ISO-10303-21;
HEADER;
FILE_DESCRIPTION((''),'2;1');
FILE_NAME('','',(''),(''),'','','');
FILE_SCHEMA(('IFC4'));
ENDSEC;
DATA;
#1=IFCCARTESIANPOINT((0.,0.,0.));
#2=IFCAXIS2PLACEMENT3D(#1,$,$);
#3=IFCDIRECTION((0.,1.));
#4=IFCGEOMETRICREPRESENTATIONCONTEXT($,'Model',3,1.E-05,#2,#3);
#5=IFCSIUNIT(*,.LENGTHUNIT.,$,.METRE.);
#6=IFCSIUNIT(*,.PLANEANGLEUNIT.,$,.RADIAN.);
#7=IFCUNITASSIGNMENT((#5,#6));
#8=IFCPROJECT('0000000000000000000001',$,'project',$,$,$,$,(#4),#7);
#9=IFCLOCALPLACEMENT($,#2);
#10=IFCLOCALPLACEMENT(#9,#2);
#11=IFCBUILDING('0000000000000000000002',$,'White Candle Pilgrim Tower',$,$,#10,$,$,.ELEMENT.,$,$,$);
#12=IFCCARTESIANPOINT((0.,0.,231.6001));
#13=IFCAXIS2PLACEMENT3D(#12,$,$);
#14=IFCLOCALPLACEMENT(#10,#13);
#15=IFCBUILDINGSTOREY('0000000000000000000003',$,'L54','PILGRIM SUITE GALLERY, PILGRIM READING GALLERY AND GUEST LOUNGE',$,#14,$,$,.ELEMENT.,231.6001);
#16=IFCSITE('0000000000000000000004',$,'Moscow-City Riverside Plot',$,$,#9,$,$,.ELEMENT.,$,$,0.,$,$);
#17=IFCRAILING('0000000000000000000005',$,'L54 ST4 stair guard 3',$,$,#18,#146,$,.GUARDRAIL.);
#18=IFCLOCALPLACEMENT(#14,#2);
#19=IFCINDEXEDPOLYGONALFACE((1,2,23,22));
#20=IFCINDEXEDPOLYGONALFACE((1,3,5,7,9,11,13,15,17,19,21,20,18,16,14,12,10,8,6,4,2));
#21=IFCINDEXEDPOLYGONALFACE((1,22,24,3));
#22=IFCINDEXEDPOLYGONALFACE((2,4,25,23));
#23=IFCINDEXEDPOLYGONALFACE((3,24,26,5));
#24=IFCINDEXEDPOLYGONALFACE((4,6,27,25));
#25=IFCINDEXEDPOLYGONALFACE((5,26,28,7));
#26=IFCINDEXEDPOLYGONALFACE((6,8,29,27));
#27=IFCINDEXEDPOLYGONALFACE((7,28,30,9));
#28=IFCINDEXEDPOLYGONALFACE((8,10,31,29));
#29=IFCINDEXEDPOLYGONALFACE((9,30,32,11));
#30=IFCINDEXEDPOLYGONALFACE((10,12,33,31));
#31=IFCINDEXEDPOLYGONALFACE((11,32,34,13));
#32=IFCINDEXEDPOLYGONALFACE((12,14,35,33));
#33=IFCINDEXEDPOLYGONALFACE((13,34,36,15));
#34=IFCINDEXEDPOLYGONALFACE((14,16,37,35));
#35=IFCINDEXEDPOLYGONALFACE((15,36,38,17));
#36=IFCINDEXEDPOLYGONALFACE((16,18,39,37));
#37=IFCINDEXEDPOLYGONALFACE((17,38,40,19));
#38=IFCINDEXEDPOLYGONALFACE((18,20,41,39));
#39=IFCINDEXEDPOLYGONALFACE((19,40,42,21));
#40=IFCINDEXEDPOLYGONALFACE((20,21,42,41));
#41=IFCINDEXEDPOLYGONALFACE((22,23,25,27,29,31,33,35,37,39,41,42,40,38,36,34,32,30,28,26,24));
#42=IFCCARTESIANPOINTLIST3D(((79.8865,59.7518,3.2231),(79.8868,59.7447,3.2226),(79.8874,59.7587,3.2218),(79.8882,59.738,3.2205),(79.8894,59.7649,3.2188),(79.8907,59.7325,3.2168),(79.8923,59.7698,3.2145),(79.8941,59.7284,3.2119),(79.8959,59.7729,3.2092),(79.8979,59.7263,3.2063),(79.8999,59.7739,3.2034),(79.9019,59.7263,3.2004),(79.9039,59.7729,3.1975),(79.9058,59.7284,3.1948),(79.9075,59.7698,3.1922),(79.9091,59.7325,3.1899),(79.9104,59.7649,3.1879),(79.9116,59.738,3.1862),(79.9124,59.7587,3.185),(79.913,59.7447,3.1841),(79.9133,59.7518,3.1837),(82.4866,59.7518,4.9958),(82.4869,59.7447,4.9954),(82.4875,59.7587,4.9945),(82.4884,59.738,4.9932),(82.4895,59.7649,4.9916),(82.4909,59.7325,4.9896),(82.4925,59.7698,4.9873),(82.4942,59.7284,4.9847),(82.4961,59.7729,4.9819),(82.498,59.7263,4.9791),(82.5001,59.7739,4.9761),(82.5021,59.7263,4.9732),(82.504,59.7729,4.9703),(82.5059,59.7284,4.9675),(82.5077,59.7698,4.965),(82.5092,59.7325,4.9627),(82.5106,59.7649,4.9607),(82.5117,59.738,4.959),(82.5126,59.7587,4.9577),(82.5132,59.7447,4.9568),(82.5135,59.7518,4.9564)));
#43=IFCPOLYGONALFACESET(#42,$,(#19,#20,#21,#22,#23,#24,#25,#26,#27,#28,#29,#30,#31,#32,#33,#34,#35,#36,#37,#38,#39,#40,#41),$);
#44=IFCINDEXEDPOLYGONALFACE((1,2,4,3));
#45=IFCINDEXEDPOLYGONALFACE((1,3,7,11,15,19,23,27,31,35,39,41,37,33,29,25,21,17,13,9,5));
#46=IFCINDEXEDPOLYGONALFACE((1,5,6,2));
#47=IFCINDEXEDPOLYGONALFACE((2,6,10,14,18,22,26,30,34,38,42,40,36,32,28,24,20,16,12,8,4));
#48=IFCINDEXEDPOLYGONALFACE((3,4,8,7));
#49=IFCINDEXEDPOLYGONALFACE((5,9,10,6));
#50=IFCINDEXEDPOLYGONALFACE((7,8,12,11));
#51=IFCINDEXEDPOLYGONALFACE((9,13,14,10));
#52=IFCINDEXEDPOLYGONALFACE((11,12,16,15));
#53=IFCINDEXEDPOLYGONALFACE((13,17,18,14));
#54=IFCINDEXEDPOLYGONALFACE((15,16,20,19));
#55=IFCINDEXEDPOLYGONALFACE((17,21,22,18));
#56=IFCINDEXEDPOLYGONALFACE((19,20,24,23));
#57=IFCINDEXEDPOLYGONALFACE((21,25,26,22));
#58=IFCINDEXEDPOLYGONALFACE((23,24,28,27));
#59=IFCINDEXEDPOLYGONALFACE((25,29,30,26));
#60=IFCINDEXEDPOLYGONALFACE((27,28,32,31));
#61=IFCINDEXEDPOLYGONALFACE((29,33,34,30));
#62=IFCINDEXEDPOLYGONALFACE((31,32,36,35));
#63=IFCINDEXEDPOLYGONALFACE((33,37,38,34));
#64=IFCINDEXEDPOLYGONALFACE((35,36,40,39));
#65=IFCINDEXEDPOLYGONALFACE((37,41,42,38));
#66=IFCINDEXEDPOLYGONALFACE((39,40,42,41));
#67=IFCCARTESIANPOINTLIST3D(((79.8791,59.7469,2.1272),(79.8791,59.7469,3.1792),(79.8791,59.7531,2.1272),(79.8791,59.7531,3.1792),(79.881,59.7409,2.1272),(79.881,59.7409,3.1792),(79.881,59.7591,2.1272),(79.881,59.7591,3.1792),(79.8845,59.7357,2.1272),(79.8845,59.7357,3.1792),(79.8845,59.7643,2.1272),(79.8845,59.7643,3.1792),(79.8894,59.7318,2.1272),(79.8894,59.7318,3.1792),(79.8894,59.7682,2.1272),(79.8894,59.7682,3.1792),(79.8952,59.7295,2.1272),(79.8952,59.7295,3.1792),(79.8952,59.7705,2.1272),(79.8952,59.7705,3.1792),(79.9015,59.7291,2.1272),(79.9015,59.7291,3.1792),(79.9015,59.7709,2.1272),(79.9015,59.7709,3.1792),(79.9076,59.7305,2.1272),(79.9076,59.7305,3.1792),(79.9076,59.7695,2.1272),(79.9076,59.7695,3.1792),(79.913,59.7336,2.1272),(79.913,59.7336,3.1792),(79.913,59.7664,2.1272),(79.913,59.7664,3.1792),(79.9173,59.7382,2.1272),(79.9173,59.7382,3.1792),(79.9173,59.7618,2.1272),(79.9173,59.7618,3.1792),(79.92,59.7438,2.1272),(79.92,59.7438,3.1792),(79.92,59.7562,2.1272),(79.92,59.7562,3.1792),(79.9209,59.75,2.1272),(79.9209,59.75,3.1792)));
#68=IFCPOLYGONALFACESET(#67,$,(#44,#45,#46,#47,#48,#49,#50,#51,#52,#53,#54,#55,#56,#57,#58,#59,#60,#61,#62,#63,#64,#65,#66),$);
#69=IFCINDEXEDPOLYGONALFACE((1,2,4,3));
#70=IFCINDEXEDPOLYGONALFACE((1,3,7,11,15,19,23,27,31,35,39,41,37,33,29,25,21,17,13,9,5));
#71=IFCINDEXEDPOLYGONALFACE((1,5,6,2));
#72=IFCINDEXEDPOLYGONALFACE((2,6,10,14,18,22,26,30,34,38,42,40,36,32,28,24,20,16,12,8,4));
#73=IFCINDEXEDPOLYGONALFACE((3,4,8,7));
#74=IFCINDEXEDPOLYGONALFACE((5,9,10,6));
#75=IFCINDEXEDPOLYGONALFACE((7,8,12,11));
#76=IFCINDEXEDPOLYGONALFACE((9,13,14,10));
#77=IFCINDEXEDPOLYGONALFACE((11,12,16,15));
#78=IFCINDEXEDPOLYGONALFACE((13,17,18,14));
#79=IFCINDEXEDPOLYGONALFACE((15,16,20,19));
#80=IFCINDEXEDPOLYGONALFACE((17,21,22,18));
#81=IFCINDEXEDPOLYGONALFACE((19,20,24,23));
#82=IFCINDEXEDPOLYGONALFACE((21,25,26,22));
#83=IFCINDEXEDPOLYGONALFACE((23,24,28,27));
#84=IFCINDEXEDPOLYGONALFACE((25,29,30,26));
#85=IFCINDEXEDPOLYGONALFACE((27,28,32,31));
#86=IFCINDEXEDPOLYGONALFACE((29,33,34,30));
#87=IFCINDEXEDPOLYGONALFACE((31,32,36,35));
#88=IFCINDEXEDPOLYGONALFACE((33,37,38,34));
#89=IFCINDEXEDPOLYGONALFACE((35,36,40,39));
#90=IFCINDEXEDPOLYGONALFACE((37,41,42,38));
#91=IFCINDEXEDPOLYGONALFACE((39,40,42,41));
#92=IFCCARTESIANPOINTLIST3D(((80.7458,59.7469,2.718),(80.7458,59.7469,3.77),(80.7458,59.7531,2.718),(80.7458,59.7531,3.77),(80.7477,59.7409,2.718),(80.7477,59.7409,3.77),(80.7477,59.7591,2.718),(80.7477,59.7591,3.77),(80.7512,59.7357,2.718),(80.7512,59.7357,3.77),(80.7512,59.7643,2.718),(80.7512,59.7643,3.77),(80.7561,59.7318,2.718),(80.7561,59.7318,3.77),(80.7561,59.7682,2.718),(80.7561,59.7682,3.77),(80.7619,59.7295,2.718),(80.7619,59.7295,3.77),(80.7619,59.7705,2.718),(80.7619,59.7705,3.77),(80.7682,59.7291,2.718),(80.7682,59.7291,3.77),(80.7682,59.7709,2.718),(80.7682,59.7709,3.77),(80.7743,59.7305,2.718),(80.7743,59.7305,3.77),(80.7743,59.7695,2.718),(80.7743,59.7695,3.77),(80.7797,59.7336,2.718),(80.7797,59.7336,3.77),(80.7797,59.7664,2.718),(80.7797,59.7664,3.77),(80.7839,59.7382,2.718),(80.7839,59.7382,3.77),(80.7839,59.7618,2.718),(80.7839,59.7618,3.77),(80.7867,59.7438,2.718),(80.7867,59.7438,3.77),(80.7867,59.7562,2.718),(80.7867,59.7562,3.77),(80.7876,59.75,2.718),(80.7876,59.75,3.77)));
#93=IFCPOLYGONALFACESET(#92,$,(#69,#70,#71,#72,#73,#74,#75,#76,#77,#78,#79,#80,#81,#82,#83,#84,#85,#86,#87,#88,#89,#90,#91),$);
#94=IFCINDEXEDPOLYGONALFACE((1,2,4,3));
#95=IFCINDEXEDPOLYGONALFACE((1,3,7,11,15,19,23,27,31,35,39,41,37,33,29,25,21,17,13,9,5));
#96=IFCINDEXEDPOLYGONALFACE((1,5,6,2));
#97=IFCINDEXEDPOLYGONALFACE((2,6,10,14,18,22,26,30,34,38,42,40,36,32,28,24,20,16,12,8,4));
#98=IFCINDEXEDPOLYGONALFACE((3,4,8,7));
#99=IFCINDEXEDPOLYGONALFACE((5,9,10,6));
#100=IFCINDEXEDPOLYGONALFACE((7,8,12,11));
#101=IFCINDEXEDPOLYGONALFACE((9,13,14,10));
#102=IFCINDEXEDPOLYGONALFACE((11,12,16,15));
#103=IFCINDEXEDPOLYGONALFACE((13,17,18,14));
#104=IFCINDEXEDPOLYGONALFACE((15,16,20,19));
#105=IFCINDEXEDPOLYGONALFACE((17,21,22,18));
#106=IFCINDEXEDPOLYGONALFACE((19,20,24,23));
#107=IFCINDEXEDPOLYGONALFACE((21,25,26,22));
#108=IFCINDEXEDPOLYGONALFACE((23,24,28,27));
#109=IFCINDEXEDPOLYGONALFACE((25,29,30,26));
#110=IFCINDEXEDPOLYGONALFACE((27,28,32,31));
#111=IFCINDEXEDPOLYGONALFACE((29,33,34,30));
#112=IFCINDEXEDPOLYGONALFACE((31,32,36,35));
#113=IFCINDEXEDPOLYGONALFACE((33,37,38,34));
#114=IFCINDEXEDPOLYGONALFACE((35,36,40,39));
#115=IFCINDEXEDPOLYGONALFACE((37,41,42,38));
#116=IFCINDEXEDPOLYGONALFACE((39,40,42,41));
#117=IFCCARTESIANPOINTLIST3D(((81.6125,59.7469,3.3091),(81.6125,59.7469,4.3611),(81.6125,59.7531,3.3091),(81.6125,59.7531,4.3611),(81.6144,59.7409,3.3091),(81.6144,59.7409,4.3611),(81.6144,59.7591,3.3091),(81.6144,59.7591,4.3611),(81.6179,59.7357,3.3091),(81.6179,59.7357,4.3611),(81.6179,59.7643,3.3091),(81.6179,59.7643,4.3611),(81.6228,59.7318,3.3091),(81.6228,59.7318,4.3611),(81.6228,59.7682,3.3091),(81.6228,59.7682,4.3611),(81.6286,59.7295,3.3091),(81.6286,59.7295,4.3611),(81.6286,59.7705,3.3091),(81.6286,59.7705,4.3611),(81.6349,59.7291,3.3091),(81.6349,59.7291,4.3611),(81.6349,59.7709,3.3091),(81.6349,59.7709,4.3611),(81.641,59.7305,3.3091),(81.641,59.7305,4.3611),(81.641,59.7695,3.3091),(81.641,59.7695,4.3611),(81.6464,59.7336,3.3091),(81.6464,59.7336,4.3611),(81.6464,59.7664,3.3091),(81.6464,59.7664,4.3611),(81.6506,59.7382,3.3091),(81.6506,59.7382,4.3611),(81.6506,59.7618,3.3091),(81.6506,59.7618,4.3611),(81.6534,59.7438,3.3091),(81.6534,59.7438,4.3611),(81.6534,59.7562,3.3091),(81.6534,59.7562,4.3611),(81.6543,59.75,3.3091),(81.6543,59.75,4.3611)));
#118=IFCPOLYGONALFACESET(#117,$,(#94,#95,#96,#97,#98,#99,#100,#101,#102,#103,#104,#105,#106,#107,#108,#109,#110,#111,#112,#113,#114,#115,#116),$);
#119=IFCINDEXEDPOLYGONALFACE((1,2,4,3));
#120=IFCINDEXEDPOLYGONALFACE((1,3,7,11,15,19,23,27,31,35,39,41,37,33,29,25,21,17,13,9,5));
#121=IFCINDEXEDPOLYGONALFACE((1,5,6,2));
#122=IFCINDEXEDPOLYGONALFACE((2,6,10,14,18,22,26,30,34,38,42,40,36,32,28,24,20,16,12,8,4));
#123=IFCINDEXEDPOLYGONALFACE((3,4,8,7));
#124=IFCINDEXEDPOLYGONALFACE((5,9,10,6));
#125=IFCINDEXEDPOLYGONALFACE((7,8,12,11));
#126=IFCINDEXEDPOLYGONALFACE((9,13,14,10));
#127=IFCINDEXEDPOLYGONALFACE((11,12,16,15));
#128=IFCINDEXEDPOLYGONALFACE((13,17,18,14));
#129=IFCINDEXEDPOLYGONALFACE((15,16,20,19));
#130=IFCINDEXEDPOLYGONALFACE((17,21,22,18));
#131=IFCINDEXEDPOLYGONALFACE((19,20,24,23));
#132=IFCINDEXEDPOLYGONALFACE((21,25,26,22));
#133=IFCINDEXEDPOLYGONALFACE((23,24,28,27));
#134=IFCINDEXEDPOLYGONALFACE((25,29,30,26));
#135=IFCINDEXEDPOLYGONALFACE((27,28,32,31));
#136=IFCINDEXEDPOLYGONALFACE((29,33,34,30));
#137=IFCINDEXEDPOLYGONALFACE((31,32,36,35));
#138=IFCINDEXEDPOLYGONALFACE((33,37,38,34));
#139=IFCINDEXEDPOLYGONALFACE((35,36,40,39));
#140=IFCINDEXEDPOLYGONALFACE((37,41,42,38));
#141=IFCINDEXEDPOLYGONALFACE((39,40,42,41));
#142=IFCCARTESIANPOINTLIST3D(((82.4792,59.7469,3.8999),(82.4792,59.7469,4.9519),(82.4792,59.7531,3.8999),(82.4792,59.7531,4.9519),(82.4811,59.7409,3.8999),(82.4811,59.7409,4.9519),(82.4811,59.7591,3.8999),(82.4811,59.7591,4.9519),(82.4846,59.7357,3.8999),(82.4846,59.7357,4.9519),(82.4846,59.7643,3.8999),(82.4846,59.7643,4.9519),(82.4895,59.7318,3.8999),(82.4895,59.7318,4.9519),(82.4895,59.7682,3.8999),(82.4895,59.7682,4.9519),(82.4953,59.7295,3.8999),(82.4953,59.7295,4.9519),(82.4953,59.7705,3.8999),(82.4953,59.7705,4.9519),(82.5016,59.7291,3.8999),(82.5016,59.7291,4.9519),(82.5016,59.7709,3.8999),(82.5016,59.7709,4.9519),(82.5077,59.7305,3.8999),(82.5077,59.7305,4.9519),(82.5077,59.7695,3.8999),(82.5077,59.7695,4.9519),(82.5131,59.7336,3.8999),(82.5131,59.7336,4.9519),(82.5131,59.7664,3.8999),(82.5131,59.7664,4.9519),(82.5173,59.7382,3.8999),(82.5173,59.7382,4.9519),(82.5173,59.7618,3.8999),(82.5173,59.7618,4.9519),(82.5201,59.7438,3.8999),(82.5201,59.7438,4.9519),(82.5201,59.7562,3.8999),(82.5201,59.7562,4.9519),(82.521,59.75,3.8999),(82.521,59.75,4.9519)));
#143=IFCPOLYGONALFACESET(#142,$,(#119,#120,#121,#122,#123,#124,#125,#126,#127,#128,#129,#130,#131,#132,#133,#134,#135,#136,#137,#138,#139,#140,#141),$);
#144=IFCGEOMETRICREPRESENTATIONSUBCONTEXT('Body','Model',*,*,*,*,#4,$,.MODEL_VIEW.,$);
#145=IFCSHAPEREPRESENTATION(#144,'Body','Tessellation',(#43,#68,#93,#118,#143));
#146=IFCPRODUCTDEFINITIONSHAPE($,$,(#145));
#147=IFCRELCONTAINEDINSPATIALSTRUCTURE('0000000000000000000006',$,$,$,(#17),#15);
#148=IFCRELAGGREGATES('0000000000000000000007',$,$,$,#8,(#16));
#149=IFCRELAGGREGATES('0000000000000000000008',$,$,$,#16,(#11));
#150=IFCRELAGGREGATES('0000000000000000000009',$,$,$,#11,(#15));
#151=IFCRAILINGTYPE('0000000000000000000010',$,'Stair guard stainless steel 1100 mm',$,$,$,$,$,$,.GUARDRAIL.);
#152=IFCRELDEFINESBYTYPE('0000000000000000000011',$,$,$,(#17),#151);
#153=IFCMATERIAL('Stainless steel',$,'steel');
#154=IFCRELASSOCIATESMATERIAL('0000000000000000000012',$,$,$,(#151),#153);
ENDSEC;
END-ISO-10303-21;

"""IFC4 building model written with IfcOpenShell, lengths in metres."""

from ifc_helpers import new_model, si_unit, direction, frame, origin, origin_2d, place, context, subcontext, project, spatial, circle, extrude, material, type_object, element, save


model = new_model("IFC4")

# Units and contexts
model_context = context("Model", 3, precision=1e-05, world=origin(), true_north=direction((0.0, 1.0)))
body_context = subcontext(model_context, "Body", "Model", "MODEL_VIEW")
ifc_project = project(units=[si_unit("LENGTHUNIT", "METRE"), si_unit("PLANEANGLEUNIT", "RADIAN")], contexts=[model_context])

# Site, building, storey
site_placement = place(None, origin())
site = spatial("IfcSite", under=ifc_project, at=site_placement, Name="Moscow-City Riverside Plot", CompositionType="ELEMENT", RefElevation=0.0)
building_placement = place(site_placement, origin())
building = spatial("IfcBuilding", under=site, at=building_placement, Name="White Candle Pilgrim Tower", CompositionType="ELEMENT")
storey_placement = place(building_placement, frame((0.0, 0.0, 231.6001)))
storey = spatial("IfcBuildingStorey", under=building, at=storey_placement, Name="L54", Description="PILGRIM SUITE GALLERY, PILGRIM READING GALLERY AND GUEST LOUNGE", CompositionType="ELEMENT", Elevation=231.6001)

# Railing
ifc_material_1 = material(Name="Stainless steel", Category="steel")
railing_type_1 = type_object("IfcRailingType", Name="Stair guard stainless steel 1100 mm", PredefinedType="GUARDRAIL", material=ifc_material_1)
railing_1_placement = place(storey_placement, frame((79.8999, 59.75, 2.1272)))
element("IfcRailing", 1, at=railing_1_placement, inside=storey, type_object=railing_type_1, Name="L54 ST4 stair guard 3", PredefinedType="GUARDRAIL", context=body_context, shape_type="SweptSolid", body=[
    extrude(circle(Radius=0.0239, at=origin_2d()), frame((0.0, 0.0, 1.0762), z_axis=(0.82624, 0.0, 0.563318), x_axis=(0.0, 1.0, 0.0)), (0.0, 0.0, 1.0), 3.147),
    extrude(circle(Radius=0.021, at=origin_2d()), origin(), (0.0, 0.0, 1.0), 1.052),
    extrude(circle(Radius=0.021, at=origin_2d()), frame((0.8667, 0.0, 0.5908)), (0.0, 0.0, 1.0), 1.052),
    extrude(circle(Radius=0.021, at=origin_2d()), frame((1.7334, 0.0, 1.1819)), (0.0, 0.0, 1.0), 1.052),
    extrude(circle(Radius=0.021, at=origin_2d()), frame((2.6001, 0.0, 1.7727)), (0.0, 0.0, 1.0), 1.052),
])

save(model, "model.ifc")
